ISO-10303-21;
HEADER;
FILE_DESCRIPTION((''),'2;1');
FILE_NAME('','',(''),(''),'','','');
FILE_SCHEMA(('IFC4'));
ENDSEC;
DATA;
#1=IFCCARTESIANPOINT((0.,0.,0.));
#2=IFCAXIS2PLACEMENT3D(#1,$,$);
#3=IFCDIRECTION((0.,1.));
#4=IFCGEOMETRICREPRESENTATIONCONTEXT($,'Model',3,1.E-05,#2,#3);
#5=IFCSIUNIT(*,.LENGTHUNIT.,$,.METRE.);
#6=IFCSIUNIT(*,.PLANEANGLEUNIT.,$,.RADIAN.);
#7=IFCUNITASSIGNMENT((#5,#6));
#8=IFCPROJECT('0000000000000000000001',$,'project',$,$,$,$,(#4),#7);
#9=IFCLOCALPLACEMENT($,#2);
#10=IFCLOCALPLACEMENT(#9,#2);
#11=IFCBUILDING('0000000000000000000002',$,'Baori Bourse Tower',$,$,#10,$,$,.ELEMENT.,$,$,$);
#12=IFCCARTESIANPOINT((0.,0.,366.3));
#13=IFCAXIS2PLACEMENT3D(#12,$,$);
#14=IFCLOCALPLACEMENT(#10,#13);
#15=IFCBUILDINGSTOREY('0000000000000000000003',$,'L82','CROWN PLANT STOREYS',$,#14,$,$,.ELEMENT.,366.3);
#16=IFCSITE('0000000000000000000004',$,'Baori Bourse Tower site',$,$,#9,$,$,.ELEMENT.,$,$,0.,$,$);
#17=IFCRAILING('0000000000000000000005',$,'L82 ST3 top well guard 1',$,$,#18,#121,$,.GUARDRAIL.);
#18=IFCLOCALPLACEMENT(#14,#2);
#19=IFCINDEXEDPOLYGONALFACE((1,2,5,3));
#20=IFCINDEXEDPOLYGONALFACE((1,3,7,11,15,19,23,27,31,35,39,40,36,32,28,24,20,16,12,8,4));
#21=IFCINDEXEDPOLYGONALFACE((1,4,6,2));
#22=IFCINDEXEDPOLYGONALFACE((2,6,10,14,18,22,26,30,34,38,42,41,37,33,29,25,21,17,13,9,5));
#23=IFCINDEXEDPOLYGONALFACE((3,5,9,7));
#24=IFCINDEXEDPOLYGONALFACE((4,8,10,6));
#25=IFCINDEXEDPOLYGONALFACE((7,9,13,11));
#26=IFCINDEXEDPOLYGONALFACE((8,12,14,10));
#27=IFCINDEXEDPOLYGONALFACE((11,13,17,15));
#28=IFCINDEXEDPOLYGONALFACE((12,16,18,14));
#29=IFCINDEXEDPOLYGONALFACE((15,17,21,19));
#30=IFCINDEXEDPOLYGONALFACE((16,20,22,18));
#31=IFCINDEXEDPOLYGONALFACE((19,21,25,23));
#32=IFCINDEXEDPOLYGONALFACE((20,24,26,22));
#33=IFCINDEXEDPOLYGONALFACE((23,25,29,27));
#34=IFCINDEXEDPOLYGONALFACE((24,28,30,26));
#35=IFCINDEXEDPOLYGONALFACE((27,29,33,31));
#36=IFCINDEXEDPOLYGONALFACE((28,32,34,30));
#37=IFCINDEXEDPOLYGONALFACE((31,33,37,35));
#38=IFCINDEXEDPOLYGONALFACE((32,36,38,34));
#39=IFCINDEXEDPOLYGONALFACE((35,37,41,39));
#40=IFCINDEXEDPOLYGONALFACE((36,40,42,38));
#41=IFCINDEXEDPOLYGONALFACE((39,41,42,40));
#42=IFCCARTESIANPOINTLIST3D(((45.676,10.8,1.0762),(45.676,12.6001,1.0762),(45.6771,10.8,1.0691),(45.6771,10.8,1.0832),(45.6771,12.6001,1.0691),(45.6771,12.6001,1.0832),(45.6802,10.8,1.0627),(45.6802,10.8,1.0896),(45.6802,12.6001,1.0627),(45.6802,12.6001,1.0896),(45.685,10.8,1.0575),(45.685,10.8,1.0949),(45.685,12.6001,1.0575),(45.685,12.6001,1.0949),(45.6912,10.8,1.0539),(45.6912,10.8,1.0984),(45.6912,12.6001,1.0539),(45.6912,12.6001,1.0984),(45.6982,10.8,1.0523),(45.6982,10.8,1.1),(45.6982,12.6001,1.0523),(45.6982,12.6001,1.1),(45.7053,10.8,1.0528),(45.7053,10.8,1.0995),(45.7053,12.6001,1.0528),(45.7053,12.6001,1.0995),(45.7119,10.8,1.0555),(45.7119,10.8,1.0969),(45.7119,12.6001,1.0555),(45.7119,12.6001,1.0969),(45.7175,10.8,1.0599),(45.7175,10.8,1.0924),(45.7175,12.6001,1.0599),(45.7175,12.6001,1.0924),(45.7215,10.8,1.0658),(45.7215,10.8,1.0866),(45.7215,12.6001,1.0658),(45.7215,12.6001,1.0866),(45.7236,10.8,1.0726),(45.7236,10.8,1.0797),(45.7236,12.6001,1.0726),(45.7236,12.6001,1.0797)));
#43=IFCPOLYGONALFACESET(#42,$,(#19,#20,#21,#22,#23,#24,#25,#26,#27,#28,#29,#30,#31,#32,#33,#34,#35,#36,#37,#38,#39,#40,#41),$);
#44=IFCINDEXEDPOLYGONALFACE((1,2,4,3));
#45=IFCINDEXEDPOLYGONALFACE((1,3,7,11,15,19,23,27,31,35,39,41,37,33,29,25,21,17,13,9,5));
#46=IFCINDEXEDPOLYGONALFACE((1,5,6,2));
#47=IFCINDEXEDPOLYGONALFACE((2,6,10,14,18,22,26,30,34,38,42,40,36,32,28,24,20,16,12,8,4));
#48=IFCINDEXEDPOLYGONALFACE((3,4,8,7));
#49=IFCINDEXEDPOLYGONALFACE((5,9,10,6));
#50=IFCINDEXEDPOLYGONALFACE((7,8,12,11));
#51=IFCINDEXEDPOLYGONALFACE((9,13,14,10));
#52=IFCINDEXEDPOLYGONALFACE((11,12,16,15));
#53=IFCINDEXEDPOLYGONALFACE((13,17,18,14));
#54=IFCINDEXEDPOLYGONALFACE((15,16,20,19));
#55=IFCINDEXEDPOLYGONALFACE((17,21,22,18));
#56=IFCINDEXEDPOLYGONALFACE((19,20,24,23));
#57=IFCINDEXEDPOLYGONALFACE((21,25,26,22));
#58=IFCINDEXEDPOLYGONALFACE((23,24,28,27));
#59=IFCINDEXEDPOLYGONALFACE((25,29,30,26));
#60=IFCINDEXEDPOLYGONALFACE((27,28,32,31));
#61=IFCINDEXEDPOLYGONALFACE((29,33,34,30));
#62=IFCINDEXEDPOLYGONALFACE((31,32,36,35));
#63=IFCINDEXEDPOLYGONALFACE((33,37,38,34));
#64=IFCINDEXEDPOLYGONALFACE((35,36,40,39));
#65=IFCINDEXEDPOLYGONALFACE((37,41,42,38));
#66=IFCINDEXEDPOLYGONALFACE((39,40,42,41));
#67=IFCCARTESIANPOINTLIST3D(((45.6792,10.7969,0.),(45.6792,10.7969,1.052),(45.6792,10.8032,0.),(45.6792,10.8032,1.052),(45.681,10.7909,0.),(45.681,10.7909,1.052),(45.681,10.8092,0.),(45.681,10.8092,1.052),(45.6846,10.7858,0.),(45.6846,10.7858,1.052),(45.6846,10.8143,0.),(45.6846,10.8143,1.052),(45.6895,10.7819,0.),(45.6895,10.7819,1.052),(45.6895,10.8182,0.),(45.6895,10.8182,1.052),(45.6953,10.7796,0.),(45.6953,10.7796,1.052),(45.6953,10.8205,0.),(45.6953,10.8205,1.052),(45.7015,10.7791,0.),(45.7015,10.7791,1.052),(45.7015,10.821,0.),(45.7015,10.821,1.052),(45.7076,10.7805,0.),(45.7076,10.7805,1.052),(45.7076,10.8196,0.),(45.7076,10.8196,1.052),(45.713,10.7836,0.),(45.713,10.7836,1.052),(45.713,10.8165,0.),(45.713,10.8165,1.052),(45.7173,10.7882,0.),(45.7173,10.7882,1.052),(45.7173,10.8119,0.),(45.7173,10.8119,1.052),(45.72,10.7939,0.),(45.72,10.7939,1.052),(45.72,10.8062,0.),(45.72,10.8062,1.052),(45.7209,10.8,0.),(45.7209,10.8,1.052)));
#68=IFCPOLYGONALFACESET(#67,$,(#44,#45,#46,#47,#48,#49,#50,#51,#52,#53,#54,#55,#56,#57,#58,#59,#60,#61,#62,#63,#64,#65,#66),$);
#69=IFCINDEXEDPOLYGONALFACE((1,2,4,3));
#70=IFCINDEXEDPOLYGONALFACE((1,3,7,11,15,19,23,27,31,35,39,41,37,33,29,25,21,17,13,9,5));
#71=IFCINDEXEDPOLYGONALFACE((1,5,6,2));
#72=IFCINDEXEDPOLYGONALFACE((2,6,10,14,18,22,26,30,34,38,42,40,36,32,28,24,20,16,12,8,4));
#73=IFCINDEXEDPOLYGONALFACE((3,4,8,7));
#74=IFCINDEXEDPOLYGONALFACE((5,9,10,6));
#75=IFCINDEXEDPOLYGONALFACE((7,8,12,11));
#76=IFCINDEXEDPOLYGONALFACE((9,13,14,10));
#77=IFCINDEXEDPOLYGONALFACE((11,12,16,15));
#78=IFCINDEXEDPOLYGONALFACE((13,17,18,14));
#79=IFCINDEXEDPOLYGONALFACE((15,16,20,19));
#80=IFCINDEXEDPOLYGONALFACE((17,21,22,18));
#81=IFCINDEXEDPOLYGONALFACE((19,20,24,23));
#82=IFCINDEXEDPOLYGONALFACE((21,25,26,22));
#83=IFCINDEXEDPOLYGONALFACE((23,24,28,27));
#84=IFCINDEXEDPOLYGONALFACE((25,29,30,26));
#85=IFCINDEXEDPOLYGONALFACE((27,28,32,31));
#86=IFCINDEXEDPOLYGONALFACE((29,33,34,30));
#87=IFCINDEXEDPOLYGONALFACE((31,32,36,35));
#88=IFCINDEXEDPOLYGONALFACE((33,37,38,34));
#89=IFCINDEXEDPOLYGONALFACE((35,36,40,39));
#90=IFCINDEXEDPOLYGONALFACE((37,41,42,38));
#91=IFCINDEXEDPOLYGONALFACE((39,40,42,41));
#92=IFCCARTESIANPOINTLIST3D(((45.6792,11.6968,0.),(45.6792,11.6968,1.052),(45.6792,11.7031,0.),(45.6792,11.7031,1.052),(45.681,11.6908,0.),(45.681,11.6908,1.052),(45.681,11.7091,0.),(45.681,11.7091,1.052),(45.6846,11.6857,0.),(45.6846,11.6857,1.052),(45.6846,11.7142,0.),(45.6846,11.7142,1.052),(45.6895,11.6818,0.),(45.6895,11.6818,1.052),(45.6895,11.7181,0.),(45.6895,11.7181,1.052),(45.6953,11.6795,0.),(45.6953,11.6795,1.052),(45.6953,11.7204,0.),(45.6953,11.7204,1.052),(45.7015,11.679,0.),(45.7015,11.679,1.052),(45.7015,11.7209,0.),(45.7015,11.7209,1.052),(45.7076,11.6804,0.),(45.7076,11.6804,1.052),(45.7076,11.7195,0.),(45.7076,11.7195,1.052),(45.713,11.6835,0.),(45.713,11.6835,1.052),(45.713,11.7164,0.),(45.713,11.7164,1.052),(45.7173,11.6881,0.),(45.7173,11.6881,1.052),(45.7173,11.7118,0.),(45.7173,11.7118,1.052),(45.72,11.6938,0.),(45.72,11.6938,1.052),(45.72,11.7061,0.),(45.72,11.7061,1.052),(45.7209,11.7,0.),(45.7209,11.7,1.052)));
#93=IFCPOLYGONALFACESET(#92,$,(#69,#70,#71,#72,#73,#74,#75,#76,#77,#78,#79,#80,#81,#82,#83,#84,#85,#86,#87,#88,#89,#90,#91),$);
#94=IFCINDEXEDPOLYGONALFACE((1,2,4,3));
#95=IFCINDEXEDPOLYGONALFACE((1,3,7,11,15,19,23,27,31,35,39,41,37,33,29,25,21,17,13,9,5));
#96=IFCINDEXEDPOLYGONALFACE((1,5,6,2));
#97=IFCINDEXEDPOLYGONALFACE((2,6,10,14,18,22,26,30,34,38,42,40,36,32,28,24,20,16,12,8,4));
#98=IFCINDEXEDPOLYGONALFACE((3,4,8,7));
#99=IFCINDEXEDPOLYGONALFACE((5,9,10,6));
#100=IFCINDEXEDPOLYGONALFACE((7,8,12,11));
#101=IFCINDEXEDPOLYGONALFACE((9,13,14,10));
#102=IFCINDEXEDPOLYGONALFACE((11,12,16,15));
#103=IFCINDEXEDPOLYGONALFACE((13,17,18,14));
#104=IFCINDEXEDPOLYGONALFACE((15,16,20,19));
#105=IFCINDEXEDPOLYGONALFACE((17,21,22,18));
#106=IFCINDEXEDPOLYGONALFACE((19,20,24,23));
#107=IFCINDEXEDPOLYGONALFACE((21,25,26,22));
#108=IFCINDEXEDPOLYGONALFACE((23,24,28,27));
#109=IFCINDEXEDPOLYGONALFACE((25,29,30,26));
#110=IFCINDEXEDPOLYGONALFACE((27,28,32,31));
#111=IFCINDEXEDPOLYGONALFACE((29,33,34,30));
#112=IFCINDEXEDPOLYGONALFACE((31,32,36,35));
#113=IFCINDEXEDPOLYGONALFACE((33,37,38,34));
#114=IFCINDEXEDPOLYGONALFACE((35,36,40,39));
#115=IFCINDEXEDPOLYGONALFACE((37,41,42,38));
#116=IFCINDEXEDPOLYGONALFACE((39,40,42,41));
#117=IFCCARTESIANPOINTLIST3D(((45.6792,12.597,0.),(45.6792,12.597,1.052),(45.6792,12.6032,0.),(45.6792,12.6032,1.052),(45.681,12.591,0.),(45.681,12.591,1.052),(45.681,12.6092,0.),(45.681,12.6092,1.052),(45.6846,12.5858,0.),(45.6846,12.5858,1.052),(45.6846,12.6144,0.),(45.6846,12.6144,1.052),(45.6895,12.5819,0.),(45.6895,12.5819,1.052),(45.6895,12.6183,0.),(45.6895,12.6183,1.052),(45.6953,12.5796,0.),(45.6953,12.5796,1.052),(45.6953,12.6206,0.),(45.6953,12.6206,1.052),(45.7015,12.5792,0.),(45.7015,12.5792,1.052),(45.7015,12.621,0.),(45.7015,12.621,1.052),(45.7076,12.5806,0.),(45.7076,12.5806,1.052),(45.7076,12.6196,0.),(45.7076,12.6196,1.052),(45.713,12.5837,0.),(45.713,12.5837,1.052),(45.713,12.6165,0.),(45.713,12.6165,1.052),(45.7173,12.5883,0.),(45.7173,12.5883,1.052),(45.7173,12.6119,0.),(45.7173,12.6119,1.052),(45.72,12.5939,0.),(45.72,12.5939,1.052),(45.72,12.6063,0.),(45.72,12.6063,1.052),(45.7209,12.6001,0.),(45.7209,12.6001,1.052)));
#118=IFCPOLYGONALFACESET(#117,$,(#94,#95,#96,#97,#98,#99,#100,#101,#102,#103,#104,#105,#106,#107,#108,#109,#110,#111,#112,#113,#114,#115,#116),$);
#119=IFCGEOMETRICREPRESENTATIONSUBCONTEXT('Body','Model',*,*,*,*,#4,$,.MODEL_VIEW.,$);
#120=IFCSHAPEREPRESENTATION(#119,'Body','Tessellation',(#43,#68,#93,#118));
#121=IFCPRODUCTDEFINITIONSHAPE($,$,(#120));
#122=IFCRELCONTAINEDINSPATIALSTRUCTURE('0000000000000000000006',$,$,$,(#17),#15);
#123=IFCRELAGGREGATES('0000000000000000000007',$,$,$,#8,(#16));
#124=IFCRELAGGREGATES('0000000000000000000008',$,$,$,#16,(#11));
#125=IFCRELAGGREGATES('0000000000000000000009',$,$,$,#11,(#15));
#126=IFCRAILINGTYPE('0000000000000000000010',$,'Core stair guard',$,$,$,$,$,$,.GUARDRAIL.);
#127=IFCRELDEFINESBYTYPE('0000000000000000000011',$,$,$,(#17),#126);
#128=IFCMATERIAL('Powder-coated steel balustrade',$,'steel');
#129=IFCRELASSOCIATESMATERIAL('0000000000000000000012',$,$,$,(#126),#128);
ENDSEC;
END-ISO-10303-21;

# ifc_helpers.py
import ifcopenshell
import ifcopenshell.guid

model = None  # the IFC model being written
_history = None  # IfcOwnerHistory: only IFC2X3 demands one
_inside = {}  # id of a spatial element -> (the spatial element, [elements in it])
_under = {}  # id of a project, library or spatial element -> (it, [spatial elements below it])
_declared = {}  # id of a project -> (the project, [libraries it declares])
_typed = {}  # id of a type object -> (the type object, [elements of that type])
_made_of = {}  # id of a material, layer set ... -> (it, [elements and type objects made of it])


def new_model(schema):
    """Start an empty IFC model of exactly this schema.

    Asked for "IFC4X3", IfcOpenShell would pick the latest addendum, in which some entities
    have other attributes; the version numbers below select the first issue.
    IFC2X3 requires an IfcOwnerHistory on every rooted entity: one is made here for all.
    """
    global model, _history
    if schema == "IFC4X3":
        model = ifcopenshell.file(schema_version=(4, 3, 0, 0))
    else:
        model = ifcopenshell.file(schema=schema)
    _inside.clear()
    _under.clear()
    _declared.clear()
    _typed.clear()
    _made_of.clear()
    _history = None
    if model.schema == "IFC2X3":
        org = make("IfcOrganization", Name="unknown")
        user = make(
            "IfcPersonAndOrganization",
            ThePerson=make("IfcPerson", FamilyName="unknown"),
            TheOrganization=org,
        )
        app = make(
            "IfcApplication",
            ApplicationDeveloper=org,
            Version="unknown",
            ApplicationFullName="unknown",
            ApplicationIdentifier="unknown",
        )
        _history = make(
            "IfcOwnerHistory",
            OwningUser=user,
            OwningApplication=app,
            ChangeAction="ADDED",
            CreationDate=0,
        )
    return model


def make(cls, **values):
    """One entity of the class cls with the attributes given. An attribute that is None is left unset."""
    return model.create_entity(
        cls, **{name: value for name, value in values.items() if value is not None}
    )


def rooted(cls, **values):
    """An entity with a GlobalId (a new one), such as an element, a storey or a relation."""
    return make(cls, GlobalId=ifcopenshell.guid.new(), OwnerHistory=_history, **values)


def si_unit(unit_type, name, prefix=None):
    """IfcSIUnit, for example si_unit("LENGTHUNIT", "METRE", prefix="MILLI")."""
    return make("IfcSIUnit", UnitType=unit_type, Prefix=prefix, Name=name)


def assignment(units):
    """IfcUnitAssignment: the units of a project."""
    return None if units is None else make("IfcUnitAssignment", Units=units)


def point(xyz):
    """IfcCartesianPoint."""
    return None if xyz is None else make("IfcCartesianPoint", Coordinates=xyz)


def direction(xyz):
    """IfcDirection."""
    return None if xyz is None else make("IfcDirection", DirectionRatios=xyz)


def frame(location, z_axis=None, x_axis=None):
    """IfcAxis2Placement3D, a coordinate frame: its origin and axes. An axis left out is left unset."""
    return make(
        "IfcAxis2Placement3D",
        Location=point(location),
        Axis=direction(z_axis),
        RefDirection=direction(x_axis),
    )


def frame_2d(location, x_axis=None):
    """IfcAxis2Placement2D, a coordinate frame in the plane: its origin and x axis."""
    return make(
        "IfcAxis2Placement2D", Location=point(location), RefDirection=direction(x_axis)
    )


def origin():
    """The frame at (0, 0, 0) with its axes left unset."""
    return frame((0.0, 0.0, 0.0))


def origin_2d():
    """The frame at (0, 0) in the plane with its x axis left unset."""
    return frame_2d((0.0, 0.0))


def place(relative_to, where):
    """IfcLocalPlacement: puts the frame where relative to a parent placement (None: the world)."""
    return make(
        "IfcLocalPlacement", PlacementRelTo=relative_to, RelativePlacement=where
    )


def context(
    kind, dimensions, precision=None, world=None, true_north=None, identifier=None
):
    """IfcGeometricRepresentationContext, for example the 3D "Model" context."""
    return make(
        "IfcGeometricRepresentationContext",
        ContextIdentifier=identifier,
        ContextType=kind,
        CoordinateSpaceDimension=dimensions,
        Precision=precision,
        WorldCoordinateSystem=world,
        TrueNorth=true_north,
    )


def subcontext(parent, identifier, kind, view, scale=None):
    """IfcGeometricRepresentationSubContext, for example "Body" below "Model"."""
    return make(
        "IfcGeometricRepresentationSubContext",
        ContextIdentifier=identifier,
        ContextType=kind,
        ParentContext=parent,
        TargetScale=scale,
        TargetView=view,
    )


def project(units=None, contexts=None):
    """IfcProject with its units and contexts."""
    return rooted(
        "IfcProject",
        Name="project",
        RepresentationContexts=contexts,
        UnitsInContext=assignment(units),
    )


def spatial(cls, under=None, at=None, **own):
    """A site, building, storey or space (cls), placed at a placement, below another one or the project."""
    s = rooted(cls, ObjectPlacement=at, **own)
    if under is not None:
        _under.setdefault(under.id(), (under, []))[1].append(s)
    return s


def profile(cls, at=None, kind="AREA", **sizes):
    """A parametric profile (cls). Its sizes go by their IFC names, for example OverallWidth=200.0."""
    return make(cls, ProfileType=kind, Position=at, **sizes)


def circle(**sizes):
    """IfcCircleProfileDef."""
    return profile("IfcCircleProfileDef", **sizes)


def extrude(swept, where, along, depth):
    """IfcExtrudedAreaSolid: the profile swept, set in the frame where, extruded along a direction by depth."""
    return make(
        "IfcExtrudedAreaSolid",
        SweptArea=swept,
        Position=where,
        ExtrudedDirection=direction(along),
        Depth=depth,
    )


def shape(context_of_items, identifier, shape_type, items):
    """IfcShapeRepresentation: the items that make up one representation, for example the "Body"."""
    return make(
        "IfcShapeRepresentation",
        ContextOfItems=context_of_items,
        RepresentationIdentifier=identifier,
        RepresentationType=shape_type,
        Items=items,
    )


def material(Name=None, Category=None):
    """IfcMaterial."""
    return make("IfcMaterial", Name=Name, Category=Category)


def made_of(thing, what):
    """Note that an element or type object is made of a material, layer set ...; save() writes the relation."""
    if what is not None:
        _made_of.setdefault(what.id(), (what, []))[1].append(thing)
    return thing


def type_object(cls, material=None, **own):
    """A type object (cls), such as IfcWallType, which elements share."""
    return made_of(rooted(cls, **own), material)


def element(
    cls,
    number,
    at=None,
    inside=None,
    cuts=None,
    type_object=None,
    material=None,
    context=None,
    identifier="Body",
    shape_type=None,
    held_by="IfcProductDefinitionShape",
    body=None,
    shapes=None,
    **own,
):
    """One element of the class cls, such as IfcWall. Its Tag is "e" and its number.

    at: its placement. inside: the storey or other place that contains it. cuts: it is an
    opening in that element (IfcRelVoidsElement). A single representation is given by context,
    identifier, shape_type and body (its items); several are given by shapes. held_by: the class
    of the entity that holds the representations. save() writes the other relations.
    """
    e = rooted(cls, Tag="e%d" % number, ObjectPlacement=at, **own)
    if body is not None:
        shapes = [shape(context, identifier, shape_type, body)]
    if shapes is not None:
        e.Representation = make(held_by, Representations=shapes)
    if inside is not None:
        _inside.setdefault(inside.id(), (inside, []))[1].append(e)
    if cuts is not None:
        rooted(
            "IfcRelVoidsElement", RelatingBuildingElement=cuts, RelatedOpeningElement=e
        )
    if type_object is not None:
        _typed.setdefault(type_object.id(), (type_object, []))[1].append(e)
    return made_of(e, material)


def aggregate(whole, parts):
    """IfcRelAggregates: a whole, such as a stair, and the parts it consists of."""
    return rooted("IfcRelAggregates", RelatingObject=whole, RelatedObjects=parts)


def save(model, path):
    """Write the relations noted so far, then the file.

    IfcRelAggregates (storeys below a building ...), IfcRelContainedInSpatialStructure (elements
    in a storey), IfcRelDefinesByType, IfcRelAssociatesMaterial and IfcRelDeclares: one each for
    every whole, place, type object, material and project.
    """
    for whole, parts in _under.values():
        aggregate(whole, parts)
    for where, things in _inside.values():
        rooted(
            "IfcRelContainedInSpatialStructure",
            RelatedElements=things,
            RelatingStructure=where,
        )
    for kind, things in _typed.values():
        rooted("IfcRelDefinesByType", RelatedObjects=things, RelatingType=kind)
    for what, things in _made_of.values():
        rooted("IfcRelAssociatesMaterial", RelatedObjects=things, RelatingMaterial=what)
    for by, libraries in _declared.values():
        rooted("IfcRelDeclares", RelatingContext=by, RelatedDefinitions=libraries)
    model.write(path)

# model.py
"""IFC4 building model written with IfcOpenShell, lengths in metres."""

from ifc_helpers import new_model, si_unit, direction, frame, origin, origin_2d, place, context, subcontext, project, spatial, circle, extrude, material, type_object, element, save


model = new_model("IFC4")

# Units and contexts
model_context = context("Model", 3, precision=1e-05, world=origin(), true_north=direction((0.0, 1.0)))
body_context = subcontext(model_context, "Body", "Model", "MODEL_VIEW")
ifc_project = project(units=[si_unit("LENGTHUNIT", "METRE"), si_unit("PLANEANGLEUNIT", "RADIAN")], contexts=[model_context])

# Site, building, storey
site_placement = place(None, origin())
site = spatial("IfcSite", under=ifc_project, at=site_placement, Name="Baori Bourse Tower site", CompositionType="ELEMENT", RefElevation=0.0)
building_placement = place(site_placement, origin())
building = spatial("IfcBuilding", under=site, at=building_placement, Name="Baori Bourse Tower", CompositionType="ELEMENT")
storey_placement = place(building_placement, frame((0.0, 0.0, 366.3)))
storey = spatial("IfcBuildingStorey", under=building, at=storey_placement, Name="L82", Description="CROWN PLANT STOREYS", CompositionType="ELEMENT", Elevation=366.3)

# Railing
ifc_material_1 = material(Name="Powder-coated steel balustrade", Category="steel")
railing_type = type_object("IfcRailingType", Name="Core stair guard", PredefinedType="GUARDRAIL", material=ifc_material_1)
railing_placement = place(storey_placement, frame((45.7, 10.8, 0.0)))
element("IfcRailing", 1, at=railing_placement, inside=storey, type_object=railing_type, Name="L82 ST3 top well guard 1", PredefinedType="GUARDRAIL", context=body_context, shape_type="SweptSolid", body=[
    extrude(circle(Radius=0.0239, at=origin_2d()), frame((0.0, 0.0, 1.0762), z_axis=(0.0, 1.0, 0.0), x_axis=(-1.0, 0.0, 0.0)), (0.0, 0.0, 1.0), 1.8),
    extrude(circle(Radius=0.021, at=origin_2d()), origin(), (0.0, 0.0, 1.0), 1.052),
    extrude(circle(Radius=0.021, at=origin_2d()), frame((0.0, 0.8999, 0.0)), (0.0, 0.0, 1.0), 1.052),
    extrude(circle(Radius=0.021, at=origin_2d()), frame((0.0, 1.8, 0.0)), (0.0, 0.0, 1.0), 1.052),
])

save(model, "model.ifc")
